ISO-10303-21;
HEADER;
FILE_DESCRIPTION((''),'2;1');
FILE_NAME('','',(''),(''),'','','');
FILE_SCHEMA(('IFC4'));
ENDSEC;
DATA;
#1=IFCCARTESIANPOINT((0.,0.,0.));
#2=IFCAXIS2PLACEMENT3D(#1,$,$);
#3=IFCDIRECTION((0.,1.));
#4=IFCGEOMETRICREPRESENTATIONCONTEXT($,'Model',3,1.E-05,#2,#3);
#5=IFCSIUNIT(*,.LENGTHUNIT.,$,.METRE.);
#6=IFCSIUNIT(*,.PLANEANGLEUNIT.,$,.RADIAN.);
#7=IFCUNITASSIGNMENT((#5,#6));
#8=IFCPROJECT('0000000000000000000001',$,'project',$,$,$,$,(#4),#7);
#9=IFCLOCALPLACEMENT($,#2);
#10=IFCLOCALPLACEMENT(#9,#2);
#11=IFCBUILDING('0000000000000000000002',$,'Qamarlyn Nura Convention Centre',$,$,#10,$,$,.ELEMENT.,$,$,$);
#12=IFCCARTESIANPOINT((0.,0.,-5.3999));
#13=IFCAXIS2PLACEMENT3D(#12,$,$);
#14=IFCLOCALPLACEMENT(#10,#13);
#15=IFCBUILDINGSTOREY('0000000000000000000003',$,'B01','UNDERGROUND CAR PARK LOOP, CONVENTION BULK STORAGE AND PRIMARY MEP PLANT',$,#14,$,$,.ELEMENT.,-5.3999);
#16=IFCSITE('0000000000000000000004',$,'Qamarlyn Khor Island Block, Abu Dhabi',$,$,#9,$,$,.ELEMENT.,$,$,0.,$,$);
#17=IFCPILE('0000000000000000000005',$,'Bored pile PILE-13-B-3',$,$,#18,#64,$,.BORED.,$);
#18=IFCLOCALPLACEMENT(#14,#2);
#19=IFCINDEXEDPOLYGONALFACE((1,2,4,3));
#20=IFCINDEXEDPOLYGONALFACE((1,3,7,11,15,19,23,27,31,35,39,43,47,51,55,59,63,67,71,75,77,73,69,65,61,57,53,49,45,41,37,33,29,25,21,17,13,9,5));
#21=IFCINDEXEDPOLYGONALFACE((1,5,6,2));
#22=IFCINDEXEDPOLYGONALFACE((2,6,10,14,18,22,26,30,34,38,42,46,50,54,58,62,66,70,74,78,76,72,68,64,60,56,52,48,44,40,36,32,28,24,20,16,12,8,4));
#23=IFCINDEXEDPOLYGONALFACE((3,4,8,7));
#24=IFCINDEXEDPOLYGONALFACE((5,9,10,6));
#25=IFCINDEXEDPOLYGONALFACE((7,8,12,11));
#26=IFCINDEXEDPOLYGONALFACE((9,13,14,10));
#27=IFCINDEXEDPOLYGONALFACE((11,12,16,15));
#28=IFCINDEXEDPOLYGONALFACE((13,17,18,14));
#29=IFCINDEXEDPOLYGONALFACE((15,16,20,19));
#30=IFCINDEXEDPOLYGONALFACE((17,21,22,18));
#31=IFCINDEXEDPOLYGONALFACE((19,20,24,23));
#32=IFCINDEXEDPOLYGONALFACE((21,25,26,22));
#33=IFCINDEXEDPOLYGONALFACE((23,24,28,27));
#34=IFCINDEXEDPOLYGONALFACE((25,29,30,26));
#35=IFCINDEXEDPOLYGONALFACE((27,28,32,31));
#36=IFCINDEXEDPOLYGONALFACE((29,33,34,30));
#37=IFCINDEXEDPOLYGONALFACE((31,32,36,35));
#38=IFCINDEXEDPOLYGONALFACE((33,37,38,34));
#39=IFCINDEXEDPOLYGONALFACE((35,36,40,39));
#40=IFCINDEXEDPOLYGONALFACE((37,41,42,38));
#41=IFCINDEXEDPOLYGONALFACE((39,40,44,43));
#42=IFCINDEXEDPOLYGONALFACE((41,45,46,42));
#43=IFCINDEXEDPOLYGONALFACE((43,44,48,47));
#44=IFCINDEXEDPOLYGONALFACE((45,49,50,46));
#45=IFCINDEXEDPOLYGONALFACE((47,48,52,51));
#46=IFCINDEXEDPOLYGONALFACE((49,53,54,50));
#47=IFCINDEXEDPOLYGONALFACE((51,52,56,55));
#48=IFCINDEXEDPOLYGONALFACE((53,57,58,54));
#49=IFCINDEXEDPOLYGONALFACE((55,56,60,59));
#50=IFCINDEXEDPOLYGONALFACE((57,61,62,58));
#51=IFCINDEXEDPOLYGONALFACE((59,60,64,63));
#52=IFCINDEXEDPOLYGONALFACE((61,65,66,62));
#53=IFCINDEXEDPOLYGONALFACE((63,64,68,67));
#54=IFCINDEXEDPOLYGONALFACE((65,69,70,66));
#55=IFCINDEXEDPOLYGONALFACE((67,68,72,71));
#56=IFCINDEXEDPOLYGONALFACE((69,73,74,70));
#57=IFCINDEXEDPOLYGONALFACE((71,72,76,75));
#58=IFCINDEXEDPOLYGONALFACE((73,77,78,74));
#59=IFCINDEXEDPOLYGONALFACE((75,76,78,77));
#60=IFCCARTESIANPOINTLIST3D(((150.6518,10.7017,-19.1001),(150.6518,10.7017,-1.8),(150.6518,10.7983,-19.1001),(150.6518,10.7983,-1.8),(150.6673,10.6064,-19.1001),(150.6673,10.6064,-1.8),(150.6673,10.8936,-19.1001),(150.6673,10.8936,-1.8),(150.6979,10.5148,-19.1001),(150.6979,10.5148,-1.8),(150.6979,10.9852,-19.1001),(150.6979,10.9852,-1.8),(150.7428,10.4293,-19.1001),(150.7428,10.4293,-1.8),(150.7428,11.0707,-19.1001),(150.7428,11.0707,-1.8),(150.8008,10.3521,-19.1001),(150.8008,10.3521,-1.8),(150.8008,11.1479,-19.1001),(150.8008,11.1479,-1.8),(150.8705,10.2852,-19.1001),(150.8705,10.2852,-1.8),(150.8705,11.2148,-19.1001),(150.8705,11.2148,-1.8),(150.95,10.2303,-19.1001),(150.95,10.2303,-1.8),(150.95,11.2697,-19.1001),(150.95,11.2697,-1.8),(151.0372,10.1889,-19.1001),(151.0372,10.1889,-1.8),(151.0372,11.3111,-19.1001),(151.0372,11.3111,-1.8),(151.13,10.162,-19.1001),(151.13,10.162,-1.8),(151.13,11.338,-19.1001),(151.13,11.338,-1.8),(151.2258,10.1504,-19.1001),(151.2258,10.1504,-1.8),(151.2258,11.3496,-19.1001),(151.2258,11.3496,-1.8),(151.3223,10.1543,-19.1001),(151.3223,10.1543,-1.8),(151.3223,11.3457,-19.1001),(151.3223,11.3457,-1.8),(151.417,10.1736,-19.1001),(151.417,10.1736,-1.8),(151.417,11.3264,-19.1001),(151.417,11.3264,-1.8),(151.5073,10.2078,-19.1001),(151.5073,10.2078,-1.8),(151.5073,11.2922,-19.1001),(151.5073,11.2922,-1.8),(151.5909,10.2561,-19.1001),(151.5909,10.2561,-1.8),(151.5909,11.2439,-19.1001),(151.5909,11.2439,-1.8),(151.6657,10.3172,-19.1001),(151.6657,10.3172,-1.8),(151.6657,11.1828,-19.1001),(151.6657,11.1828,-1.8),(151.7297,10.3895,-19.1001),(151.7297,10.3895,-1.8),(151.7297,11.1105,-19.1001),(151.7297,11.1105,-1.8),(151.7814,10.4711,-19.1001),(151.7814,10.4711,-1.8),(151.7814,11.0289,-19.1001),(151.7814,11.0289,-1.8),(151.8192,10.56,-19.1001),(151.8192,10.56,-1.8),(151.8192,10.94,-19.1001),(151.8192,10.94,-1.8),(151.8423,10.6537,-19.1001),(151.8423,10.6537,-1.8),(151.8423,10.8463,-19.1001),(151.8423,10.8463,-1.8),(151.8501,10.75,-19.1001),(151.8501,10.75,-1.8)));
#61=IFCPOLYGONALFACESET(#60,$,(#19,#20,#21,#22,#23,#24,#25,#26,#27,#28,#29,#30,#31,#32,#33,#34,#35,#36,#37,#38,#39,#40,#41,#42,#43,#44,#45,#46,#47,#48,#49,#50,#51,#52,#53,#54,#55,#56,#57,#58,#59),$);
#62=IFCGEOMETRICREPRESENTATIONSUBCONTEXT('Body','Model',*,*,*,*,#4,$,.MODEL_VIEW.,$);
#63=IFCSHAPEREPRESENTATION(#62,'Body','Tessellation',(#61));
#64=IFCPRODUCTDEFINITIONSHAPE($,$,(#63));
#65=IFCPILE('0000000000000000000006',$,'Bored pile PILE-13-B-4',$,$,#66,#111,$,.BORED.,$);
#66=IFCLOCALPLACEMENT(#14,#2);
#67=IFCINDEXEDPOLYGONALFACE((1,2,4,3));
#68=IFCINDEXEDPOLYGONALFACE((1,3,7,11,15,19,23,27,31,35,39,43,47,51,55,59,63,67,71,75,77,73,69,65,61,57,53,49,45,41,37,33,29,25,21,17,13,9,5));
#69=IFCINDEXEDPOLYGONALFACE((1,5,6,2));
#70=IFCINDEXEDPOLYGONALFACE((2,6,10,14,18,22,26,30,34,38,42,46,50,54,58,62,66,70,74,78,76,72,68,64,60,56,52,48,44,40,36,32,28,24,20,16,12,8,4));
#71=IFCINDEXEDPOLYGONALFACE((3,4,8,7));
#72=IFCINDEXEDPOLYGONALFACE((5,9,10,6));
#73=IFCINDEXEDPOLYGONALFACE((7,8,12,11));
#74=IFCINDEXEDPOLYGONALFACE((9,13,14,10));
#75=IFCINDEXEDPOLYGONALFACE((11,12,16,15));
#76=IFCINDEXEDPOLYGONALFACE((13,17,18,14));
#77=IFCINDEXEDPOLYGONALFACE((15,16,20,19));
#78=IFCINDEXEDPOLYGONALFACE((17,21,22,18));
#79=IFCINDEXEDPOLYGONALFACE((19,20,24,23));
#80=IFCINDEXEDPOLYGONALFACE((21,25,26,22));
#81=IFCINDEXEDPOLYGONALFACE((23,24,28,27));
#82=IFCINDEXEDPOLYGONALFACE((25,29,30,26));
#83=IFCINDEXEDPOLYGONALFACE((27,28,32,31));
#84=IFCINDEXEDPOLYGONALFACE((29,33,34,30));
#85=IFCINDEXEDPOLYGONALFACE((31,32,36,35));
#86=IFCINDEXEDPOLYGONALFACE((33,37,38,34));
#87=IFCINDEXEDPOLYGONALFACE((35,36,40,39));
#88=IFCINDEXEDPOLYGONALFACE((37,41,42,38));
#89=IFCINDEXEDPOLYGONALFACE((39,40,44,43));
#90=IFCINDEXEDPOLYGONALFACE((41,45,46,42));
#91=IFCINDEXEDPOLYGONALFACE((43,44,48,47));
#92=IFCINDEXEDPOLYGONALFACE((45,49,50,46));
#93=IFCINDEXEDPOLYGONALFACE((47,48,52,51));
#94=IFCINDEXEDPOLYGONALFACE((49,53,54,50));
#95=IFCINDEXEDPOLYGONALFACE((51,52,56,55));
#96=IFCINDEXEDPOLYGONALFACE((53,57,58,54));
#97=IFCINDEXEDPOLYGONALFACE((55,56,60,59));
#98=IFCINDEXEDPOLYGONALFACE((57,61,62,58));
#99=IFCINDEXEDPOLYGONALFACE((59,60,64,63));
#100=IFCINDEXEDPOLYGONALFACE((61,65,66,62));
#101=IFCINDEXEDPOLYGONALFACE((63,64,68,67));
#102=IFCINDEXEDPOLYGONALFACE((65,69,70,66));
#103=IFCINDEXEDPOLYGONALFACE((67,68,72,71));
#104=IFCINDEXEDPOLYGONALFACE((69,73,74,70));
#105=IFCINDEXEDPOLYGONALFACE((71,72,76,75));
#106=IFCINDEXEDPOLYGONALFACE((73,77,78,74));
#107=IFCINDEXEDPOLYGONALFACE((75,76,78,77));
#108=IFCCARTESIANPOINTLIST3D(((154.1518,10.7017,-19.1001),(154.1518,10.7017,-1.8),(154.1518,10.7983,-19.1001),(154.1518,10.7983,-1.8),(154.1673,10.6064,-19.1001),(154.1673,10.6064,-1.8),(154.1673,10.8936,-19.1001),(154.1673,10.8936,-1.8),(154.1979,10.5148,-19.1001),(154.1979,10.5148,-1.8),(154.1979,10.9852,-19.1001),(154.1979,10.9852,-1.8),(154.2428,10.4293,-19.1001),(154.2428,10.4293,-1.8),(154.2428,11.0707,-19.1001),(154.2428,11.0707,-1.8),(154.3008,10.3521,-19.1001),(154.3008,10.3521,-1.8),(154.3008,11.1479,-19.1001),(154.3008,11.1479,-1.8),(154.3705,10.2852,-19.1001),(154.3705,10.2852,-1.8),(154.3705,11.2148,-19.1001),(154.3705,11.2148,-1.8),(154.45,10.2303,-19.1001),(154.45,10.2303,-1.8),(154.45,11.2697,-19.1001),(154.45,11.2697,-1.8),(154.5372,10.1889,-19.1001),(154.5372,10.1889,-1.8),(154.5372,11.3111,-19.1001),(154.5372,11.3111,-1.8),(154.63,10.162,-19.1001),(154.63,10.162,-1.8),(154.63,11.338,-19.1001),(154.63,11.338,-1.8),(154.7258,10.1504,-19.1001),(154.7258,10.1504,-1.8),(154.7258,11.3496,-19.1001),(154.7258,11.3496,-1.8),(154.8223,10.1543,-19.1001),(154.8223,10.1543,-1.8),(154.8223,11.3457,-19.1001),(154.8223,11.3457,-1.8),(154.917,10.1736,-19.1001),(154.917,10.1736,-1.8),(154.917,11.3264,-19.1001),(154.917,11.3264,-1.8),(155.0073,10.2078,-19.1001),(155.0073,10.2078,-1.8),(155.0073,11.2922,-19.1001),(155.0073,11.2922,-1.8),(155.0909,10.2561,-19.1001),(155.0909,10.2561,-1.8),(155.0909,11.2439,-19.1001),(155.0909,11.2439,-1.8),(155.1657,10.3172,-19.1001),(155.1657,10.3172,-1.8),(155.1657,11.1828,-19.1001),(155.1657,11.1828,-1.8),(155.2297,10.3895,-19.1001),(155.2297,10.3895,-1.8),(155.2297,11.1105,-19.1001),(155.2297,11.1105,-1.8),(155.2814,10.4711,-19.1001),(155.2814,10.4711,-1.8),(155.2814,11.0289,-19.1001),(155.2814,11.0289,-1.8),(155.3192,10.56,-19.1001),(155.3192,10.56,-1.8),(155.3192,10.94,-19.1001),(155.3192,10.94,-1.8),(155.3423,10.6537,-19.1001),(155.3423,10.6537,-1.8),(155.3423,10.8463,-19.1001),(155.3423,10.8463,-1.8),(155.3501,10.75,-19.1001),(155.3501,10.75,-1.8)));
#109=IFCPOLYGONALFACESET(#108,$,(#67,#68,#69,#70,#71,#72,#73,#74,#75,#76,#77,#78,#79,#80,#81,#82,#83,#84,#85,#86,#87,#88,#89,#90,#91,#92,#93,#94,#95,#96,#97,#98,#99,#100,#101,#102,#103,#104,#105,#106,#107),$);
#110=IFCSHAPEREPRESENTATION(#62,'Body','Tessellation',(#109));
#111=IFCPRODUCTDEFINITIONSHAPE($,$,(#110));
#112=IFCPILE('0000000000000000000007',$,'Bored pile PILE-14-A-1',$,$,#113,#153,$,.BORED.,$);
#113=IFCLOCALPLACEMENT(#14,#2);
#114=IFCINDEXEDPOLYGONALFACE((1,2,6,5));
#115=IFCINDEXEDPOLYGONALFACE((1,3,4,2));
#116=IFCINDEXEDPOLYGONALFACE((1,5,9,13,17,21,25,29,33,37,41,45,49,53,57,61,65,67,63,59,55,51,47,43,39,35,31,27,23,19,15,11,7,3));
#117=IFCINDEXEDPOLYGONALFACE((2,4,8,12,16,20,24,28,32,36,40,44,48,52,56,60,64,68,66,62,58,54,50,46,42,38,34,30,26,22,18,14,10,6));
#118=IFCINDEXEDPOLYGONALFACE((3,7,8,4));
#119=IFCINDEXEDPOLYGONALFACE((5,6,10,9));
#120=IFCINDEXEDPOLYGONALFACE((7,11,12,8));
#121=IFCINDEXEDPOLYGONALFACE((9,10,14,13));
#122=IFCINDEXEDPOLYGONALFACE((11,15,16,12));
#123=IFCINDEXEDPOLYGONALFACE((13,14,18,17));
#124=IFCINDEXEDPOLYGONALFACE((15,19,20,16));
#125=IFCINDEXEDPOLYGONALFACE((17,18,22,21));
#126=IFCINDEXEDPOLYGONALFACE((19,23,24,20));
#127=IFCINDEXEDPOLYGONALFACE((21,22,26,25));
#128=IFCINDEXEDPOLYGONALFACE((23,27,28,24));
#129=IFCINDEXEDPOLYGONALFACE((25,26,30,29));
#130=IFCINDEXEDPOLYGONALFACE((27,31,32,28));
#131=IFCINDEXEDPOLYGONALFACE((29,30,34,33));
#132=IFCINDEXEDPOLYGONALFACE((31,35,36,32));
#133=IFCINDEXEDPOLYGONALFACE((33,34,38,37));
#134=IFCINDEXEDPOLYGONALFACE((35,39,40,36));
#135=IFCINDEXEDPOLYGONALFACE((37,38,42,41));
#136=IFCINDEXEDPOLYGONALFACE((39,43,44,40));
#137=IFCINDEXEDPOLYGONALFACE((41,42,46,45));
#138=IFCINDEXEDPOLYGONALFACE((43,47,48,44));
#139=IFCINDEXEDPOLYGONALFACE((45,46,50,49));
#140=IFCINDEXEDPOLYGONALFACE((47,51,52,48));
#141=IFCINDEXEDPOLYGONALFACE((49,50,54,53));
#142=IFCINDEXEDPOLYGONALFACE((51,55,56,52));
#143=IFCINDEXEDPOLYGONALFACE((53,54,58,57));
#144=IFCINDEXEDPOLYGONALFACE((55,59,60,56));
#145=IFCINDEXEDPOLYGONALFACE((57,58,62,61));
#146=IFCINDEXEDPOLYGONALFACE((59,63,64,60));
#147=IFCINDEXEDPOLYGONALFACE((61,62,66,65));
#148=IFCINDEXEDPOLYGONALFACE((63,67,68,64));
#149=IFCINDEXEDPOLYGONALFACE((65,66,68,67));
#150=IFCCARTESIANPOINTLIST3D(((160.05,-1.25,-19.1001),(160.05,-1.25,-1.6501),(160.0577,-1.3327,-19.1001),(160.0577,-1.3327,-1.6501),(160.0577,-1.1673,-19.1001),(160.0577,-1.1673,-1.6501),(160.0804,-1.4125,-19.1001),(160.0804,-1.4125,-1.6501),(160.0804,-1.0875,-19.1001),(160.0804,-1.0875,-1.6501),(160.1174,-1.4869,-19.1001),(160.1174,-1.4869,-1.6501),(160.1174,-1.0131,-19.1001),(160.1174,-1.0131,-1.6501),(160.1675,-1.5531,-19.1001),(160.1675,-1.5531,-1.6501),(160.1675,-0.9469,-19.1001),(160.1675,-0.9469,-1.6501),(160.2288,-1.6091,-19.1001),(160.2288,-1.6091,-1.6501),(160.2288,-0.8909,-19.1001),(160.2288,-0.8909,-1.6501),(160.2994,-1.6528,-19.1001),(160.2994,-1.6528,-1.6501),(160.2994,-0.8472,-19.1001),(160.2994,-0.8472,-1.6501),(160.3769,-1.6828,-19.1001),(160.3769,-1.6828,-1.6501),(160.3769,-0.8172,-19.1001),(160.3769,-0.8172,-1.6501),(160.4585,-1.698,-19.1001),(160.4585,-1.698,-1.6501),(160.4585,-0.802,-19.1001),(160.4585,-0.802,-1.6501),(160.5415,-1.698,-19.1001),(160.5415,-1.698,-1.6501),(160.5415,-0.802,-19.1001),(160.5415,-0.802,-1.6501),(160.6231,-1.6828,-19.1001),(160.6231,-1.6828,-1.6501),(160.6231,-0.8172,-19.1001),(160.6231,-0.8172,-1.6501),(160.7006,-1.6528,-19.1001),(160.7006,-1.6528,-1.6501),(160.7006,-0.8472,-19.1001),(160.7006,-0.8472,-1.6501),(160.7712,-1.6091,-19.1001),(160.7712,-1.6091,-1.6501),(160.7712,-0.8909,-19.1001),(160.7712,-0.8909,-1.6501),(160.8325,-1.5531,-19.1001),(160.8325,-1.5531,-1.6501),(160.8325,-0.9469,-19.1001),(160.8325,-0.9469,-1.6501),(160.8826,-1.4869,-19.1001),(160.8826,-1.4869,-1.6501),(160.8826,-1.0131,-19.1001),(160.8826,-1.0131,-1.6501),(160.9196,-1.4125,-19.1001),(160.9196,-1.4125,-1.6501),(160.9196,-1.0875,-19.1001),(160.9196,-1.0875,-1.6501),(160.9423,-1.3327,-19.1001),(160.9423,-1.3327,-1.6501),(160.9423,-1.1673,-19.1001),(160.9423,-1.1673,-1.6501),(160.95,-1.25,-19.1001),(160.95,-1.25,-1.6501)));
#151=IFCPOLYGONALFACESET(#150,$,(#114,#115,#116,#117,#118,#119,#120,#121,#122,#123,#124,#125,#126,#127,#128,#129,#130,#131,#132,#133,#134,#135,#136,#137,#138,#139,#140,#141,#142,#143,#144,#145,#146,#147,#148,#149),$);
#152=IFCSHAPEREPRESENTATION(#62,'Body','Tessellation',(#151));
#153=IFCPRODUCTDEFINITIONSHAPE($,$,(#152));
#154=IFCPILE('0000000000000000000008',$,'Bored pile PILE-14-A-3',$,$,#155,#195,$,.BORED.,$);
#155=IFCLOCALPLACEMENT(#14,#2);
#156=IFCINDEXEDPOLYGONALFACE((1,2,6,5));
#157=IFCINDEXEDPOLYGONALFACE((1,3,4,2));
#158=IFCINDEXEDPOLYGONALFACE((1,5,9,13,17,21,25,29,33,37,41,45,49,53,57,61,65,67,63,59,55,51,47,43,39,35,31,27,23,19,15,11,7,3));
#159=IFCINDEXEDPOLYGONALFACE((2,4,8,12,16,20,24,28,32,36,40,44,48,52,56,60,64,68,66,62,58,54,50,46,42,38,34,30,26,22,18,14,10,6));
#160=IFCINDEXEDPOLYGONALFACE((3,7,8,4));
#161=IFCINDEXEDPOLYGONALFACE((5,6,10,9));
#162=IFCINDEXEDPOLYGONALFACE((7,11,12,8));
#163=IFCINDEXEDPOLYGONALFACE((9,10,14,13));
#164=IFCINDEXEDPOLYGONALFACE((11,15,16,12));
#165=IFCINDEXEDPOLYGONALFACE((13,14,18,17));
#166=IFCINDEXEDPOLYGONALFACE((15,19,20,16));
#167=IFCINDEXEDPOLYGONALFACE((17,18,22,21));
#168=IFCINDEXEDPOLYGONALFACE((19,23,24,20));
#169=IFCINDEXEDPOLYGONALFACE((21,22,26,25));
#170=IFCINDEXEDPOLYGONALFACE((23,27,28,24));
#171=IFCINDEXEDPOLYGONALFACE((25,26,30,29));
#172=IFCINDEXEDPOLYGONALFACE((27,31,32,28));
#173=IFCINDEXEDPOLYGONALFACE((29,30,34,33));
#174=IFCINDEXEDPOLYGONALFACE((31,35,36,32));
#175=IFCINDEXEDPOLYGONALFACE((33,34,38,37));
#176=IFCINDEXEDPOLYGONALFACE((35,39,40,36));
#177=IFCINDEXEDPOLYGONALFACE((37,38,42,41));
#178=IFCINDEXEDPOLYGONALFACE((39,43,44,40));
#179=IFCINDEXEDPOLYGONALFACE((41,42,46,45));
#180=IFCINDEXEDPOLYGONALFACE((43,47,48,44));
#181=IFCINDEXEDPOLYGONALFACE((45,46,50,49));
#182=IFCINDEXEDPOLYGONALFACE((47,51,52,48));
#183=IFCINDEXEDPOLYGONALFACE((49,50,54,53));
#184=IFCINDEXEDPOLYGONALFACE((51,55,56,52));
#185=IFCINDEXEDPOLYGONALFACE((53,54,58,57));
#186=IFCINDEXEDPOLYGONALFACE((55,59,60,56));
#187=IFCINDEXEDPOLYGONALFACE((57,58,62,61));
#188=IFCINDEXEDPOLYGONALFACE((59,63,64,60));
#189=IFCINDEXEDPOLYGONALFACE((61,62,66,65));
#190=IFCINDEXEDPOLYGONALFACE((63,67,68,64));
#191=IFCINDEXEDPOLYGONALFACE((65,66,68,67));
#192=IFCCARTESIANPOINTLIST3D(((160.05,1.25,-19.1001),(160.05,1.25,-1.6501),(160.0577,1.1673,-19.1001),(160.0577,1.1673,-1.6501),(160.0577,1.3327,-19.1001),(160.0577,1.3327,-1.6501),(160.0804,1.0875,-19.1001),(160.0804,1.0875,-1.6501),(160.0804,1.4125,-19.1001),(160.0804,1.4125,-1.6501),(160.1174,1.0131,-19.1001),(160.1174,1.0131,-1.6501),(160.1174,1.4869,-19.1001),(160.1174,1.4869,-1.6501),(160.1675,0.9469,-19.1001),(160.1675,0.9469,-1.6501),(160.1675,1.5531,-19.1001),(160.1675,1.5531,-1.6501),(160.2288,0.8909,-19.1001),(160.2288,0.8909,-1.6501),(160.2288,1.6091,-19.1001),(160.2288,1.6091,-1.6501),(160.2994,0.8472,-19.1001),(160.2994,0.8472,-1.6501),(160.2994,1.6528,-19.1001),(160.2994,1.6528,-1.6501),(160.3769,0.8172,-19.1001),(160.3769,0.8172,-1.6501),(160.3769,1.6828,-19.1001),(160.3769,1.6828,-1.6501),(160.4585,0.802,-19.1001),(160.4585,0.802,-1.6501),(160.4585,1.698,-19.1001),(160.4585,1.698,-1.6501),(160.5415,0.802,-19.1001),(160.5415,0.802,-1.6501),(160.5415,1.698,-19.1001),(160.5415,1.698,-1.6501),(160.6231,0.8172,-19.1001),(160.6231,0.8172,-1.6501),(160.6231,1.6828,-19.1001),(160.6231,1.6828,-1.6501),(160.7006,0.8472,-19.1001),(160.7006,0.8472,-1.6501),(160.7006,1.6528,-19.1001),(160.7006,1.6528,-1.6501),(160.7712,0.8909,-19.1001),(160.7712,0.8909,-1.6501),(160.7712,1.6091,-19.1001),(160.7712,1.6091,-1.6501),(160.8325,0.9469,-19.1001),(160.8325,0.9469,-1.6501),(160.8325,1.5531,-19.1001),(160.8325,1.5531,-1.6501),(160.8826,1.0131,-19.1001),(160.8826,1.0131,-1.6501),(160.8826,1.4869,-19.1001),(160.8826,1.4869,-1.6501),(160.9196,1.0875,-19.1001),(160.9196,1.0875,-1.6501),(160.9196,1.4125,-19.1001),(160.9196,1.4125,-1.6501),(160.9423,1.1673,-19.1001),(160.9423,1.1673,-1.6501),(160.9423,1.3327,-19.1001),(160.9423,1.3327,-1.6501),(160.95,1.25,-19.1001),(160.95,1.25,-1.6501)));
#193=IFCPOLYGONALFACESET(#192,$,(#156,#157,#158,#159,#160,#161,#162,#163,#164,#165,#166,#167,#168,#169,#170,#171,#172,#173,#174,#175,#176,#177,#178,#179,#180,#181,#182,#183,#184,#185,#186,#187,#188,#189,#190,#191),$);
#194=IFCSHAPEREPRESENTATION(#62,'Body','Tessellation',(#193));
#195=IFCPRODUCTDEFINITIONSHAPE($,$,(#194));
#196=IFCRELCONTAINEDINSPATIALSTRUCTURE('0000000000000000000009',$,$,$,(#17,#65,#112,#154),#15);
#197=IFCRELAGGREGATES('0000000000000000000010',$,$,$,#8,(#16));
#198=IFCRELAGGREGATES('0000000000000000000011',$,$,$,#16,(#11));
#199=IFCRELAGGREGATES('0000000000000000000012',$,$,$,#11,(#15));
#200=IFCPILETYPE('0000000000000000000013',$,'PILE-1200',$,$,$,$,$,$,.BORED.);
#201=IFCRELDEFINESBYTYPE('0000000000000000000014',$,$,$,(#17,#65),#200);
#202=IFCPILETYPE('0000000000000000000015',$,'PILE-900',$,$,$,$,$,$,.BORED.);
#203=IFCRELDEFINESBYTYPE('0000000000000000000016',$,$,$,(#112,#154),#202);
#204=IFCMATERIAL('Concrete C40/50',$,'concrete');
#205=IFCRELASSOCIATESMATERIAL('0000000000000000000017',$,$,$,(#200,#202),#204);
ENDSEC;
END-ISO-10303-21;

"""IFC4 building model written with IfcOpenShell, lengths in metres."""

from ifc_helpers import new_model, si_unit, direction, frame, origin, origin_2d, place, context, subcontext, project, spatial, circle, extrude, material, material_profile, profile_set, type_object, element, save


model = new_model("IFC4")

# Units and contexts
model_context = context("Model", 3, precision=1e-05, world=origin(), true_north=direction((0.0, 1.0)))
body_context = subcontext(model_context, "Body", "Model", "MODEL_VIEW")
ifc_project = project(units=[si_unit("LENGTHUNIT", "METRE"), si_unit("PLANEANGLEUNIT", "RADIAN")], contexts=[model_context])

# Site, building, storey
site_placement = place(None, origin())
site = spatial("IfcSite", under=ifc_project, at=site_placement, Name="Qamarlyn Khor Island Block, Abu Dhabi", CompositionType="ELEMENT", RefElevation=0.0)
building_placement = place(site_placement, origin())
building = spatial("IfcBuilding", under=site, at=building_placement, Name="Qamarlyn Nura Convention Centre", CompositionType="ELEMENT")
storey_placement = place(building_placement, frame((0.0, 0.0, -5.3999)))
storey = spatial("IfcBuildingStorey", under=building, at=storey_placement, Name="B01", Description="UNDERGROUND CAR PARK LOOP, CONVENTION BULK STORAGE AND PRIMARY MEP PLANT", CompositionType="ELEMENT", Elevation=-5.3999)

# Shared definitions
ifc_material_1 = material(Name="Concrete C40/50", Category="concrete")

# Piles
ifc_material_profile_1 = material_profile(ifc_material_1, circle(Radius=0.6001, at=origin_2d()), Name="BORED PILE 1200")
ifc_profile_set_1 = profile_set([ifc_material_profile_1], Name="Concrete C40/50")
pile_type_1 = type_object("IfcPileType", Name="PILE-1200", PredefinedType="BORED", material=ifc_profile_set_1)
for number, where, z_axis, x_axis, name in (
    (1, (151.25, 10.75, -1.8), (0.0, 0.0, -1.0), (1.0, 0.0, 0.0), "Bored pile PILE-13-B-3"),
    (2, (154.75, 10.75, -1.8), (0.0, 0.0, -1.0), (1.0, 0.0, 0.0), "Bored pile PILE-13-B-4"),
):
    element("IfcPile", number, at=place(storey_placement, frame(where, z_axis=z_axis, x_axis=x_axis)), inside=storey, type_object=pile_type_1, Name=name, PredefinedType="BORED", context=body_context, shape_type="SweptSolid", body=[
        extrude(circle(Radius=0.6001, at=origin_2d()), origin(), (0.0, 0.0, 1.0), 17.3),
    ])
ifc_material_profile_2 = material_profile(ifc_material_1, circle(Radius=0.45, at=origin_2d()), Name="BORED PILE 900")
ifc_profile_set_2 = profile_set([ifc_material_profile_2], Name="Concrete C40/50")
pile_type_2 = type_object("IfcPileType", Name="PILE-900", PredefinedType="BORED", material=ifc_profile_set_2)
for number, where, z_axis, x_axis, name in (
    (3, (160.5, -1.25, -1.6501), (0.0, 0.0, -1.0), (1.0, 0.0, 0.0), "Bored pile PILE-14-A-1"),
    (4, (160.5, 1.25, -1.6501), (0.0, 0.0, -1.0), (1.0, 0.0, 0.0), "Bored pile PILE-14-A-3"),
):
    element("IfcPile", number, at=place(storey_placement, frame(where, z_axis=z_axis, x_axis=x_axis)), inside=storey, type_object=pile_type_2, Name=name, PredefinedType="BORED", context=body_context, shape_type="SweptSolid", body=[
        extrude(circle(Radius=0.45, at=origin_2d()), origin(), (0.0, 0.0, 1.0), 17.45),
    ])

save(model, "model.ifc")
